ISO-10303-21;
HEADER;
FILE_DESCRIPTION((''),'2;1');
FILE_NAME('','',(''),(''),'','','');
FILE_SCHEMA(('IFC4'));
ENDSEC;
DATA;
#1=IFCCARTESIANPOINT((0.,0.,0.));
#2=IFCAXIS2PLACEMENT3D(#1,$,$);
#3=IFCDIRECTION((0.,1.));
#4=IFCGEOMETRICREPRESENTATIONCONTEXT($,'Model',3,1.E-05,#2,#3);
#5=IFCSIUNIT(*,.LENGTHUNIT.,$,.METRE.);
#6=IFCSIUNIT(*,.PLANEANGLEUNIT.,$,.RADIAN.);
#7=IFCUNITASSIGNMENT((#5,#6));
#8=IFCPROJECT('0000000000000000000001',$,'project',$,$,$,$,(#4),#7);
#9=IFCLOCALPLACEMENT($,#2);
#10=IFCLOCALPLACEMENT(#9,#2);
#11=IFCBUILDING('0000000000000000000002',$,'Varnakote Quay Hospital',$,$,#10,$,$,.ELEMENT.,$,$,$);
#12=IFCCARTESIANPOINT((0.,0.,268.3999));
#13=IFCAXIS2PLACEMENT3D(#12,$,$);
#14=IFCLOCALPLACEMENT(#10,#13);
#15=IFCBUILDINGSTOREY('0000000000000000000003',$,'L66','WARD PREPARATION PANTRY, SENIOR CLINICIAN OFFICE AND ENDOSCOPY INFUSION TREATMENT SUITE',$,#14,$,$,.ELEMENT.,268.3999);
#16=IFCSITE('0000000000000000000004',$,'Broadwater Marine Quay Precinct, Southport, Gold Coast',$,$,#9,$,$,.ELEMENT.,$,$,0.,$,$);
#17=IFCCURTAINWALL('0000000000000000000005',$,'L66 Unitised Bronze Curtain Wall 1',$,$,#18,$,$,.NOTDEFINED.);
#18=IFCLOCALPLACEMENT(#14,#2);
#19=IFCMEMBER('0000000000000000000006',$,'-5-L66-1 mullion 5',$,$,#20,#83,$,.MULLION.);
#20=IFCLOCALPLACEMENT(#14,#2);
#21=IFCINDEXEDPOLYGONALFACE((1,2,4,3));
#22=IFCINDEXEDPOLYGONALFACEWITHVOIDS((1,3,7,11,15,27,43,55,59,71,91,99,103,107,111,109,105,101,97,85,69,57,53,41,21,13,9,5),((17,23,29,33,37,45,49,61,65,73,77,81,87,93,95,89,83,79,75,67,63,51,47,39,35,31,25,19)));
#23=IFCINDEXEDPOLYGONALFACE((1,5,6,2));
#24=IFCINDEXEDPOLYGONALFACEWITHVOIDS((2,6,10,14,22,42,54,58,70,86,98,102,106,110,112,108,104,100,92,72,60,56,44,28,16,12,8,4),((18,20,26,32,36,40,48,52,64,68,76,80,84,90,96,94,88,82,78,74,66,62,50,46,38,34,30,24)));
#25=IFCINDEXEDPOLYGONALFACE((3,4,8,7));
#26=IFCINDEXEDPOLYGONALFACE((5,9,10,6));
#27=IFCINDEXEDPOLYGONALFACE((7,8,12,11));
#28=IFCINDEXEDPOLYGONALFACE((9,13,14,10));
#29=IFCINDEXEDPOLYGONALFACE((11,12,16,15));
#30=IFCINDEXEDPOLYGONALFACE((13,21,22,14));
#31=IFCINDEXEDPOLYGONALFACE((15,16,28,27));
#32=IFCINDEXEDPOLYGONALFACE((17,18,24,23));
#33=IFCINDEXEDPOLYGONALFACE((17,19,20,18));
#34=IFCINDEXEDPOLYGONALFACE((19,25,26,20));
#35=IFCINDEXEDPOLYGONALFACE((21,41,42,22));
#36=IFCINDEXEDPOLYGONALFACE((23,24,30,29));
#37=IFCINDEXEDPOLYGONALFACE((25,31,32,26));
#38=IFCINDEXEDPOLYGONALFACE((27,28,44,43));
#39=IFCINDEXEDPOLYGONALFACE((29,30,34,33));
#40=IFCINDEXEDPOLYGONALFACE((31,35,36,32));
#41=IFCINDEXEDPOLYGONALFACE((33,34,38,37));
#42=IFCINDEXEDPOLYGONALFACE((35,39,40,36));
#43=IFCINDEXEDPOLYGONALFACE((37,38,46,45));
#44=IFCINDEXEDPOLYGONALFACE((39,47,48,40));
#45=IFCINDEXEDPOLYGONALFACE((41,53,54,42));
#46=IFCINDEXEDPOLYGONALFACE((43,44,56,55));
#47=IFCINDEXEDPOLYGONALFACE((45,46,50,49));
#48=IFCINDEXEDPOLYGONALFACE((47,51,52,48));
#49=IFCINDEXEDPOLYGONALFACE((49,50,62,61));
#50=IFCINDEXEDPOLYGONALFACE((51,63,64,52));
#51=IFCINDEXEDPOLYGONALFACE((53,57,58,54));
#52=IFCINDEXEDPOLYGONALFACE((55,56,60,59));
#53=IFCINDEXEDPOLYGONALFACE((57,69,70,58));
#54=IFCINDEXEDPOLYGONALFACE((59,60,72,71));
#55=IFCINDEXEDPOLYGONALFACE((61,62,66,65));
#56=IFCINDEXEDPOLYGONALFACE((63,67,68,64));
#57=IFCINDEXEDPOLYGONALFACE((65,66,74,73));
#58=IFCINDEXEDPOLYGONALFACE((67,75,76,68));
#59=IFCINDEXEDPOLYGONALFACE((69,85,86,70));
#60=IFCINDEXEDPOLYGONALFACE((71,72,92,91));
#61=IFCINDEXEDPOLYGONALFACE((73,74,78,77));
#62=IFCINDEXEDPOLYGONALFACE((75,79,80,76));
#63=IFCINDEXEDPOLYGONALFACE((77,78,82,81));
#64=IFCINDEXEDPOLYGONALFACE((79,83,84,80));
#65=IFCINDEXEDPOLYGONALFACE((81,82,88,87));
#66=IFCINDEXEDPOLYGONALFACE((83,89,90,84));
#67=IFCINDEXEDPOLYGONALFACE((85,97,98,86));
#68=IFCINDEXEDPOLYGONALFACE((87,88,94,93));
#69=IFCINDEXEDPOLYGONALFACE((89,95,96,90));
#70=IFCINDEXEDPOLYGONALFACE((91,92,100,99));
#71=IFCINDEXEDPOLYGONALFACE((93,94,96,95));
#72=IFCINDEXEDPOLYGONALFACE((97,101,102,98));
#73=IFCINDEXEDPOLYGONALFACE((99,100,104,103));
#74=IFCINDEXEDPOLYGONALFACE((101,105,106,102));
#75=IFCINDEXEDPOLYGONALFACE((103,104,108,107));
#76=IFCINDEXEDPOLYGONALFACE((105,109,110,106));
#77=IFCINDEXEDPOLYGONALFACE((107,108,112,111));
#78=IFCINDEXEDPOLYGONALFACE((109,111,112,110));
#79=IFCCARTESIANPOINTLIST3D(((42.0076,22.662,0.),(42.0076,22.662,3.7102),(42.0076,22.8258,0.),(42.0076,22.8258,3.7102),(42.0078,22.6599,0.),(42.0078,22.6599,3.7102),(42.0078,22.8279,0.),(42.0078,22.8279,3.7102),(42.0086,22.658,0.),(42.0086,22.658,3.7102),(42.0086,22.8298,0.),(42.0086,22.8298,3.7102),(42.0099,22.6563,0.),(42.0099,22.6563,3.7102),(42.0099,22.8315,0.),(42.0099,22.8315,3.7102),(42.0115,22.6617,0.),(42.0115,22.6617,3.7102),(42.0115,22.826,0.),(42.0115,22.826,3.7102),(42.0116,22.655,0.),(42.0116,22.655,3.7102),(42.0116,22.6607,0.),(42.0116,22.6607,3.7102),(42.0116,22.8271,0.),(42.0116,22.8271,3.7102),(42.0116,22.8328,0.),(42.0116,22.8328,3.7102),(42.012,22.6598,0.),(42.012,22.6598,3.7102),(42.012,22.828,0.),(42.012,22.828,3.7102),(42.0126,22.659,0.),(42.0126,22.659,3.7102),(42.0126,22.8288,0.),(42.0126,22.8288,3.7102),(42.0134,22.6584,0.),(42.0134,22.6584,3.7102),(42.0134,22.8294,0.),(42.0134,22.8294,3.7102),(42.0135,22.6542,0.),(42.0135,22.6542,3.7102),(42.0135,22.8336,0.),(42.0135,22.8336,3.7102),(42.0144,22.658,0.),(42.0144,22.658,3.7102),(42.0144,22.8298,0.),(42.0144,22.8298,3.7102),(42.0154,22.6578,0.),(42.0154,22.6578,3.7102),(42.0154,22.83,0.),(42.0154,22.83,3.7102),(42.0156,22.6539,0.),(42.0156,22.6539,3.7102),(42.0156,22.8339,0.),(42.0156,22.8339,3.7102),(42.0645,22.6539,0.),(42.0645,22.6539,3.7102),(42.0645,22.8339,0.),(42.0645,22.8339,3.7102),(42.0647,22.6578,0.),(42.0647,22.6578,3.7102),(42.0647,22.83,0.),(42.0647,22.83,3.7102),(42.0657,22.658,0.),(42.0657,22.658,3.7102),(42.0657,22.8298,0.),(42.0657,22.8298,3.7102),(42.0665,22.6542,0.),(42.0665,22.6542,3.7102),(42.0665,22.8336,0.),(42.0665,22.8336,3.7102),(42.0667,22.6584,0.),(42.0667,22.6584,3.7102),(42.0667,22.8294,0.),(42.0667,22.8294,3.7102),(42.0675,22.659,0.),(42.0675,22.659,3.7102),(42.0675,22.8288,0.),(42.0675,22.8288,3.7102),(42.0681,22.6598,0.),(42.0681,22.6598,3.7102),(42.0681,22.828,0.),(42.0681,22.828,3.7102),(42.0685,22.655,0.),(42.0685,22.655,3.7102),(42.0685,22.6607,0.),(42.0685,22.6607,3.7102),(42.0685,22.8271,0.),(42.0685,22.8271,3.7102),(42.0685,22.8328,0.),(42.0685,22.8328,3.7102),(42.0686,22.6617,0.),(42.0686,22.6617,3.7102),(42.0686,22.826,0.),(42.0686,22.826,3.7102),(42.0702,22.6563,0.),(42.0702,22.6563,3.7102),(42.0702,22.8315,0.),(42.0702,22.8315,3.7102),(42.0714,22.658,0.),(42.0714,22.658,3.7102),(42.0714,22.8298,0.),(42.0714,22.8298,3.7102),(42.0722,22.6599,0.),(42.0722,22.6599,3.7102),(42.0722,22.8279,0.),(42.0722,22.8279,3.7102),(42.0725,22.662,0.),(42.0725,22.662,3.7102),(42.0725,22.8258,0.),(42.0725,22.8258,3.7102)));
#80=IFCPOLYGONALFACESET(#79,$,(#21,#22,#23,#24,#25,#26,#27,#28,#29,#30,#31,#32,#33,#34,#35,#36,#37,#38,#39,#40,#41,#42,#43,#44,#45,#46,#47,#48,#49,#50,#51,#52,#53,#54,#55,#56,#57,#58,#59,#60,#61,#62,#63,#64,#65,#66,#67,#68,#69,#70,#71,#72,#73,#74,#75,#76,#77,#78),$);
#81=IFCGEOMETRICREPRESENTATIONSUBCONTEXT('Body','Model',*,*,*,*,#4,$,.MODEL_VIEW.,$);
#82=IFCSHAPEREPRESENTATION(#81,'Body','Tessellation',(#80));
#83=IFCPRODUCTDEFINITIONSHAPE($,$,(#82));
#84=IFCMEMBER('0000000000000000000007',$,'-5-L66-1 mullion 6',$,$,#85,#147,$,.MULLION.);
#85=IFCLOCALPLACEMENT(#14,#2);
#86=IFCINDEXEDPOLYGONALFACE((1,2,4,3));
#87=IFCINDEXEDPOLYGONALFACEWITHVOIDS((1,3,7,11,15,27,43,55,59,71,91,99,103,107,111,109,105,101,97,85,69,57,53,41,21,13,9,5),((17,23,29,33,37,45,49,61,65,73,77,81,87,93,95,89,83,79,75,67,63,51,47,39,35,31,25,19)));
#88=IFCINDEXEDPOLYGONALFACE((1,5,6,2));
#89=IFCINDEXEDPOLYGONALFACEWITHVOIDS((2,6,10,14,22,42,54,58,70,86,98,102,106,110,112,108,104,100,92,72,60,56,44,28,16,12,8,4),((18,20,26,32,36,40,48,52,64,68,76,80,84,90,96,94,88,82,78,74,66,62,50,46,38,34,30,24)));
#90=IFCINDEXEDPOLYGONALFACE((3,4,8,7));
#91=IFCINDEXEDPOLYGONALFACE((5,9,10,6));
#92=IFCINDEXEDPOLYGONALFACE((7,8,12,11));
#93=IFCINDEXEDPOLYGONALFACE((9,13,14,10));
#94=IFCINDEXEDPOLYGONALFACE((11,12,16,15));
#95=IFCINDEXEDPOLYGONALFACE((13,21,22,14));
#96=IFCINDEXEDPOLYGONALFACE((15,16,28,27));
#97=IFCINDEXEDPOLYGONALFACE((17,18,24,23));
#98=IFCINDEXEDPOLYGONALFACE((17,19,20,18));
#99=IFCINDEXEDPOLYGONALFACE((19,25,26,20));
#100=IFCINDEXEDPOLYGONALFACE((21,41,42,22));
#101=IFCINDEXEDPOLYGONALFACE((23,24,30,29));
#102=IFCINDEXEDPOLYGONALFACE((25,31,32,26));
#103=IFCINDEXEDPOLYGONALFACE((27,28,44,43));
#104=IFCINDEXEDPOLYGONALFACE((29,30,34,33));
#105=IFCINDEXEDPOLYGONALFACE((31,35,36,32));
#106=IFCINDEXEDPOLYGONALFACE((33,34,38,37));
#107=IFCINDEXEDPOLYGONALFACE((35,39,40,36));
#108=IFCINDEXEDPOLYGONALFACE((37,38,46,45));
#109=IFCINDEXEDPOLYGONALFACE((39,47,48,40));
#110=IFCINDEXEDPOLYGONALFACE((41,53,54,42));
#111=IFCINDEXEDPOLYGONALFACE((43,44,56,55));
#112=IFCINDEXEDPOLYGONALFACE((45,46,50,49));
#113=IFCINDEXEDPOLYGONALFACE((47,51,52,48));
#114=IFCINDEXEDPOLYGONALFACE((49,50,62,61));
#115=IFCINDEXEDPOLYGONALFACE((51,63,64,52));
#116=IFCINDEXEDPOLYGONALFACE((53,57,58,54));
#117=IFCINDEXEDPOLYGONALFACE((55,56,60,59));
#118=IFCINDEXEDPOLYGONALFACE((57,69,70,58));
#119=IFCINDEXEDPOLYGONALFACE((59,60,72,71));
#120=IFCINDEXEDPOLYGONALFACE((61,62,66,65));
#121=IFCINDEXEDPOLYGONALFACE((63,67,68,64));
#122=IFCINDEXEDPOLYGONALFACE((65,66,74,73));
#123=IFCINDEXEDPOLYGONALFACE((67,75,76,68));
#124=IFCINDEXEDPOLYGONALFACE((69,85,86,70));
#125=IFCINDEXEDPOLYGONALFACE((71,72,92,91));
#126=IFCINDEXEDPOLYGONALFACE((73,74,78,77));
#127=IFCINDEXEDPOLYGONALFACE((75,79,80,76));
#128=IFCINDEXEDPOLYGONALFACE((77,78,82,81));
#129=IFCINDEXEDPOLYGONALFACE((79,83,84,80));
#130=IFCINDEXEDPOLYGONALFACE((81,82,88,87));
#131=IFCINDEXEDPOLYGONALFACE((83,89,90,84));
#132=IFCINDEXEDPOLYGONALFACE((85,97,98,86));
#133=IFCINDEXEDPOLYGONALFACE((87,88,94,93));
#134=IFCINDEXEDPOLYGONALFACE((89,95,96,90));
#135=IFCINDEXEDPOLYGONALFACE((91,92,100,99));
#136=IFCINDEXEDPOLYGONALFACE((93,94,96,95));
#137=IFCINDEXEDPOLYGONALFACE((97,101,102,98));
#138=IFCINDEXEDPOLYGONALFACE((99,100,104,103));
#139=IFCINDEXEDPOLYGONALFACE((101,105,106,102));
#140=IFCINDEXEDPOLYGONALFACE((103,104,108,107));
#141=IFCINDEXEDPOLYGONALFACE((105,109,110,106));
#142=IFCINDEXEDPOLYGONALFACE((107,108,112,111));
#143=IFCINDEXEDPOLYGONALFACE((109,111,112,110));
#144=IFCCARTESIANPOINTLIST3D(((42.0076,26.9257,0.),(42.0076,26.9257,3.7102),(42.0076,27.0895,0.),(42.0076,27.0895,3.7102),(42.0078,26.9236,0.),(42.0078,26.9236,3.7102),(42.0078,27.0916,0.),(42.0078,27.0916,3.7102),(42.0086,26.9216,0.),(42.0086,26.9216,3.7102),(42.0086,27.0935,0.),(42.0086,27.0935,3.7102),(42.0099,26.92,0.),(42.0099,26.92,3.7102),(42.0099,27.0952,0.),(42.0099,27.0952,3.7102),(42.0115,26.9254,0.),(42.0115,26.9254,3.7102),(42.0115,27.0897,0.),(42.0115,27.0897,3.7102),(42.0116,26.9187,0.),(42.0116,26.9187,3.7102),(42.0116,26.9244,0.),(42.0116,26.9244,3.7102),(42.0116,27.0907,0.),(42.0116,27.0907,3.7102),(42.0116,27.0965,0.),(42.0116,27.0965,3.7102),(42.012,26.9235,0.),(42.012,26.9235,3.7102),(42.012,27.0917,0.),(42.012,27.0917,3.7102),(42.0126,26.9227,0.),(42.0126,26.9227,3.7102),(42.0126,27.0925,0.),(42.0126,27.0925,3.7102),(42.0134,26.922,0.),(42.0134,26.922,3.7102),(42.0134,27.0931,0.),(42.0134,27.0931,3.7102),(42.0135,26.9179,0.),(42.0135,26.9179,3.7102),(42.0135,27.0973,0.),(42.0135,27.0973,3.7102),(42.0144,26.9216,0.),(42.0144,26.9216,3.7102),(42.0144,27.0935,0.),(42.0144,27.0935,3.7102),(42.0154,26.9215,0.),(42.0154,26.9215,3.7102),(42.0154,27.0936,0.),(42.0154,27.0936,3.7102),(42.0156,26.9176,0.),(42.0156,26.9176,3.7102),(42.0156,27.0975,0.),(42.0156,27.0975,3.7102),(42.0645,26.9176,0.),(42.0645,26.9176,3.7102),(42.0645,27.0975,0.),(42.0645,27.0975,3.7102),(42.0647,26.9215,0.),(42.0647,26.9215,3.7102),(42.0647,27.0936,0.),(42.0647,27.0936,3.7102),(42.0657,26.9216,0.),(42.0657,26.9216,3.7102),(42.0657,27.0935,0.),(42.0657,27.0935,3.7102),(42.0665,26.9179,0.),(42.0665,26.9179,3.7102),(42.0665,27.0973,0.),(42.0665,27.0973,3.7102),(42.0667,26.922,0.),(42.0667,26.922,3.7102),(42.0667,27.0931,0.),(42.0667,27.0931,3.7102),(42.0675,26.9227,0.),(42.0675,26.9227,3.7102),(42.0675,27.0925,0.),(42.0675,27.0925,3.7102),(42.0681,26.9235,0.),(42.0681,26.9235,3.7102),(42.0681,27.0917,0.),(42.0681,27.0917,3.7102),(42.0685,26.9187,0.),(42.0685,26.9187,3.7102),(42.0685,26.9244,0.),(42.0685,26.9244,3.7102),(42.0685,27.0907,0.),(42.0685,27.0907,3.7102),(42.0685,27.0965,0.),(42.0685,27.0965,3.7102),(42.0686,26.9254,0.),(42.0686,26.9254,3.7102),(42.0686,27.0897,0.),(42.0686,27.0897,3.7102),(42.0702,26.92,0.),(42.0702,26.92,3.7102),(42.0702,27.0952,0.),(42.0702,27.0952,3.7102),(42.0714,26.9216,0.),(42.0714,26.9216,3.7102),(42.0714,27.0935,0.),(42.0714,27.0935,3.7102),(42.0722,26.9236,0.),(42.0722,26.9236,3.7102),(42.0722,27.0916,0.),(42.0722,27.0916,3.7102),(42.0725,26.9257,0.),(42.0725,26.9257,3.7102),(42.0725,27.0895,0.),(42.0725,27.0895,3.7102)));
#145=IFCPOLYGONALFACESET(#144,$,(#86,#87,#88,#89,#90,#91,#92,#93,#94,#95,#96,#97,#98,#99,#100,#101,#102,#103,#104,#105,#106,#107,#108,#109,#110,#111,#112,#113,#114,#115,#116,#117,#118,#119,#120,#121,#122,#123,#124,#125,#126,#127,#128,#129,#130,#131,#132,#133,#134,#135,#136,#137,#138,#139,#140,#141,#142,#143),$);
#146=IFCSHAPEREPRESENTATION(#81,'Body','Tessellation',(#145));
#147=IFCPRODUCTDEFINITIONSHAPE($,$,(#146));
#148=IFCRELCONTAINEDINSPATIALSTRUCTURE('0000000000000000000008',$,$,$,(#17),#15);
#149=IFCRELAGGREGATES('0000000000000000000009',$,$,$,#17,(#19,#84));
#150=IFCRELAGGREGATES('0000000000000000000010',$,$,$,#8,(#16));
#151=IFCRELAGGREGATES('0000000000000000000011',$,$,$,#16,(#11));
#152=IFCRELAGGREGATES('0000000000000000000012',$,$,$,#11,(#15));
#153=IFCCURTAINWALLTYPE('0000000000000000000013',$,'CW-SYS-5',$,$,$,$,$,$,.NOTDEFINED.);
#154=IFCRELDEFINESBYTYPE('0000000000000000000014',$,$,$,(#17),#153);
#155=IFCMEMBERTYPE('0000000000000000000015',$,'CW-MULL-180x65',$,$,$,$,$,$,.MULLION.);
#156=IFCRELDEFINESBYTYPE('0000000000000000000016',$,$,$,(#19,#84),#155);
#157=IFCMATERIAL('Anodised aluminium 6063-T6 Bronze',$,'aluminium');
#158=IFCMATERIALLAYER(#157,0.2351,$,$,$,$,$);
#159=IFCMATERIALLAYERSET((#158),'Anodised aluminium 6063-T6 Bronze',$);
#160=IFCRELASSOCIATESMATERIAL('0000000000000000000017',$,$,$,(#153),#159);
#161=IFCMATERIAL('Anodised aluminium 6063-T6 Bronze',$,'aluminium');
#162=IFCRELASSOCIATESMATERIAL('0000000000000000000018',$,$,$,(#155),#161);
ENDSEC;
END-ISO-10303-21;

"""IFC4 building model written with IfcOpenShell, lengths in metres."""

from ifc_helpers import new_model, si_unit, direction, frame, origin, origin_2d, place, context, subcontext, project, spatial, hollow_rectangle, extrude, material, layer, layer_set, material_profile, profile_set, type_object, element, aggregate, save


model = new_model("IFC4")

# Units and contexts
model_context = context("Model", 3, precision=1e-05, world=origin(), true_north=direction((0.0, 1.0)))
body_context = subcontext(model_context, "Body", "Model", "MODEL_VIEW")
ifc_project = project(units=[si_unit("LENGTHUNIT", "METRE"), si_unit("PLANEANGLEUNIT", "RADIAN")], contexts=[model_context])

# Site, building, storey
site_placement = place(None, origin())
site = spatial("IfcSite", under=ifc_project, at=site_placement, Name="Broadwater Marine Quay Precinct, Southport, Gold Coast", CompositionType="ELEMENT", RefElevation=0.0)
building_placement = place(site_placement, origin())
building = spatial("IfcBuilding", under=site, at=building_placement, Name="Varnakote Quay Hospital", CompositionType="ELEMENT")
storey_placement = place(building_placement, frame((0.0, 0.0, 268.3999)))
storey = spatial("IfcBuildingStorey", under=building, at=storey_placement, Name="L66", Description="WARD PREPARATION PANTRY, SENIOR CLINICIAN OFFICE AND ENDOSCOPY INFUSION TREATMENT SUITE", CompositionType="ELEMENT", Elevation=268.3999)

# Curtain wall, members
ifc_material_1 = material(Name="Anodised aluminium 6063-T6 Bronze", Category="aluminium")
ifc_layer_1 = layer(ifc_material_1, 0.2351)
ifc_layer_set_1 = layer_set([ifc_layer_1], Name="Anodised aluminium 6063-T6 Bronze")
curtain_wall_type = type_object("IfcCurtainWallType", Name="CW-SYS-5", PredefinedType="NOTDEFINED", material=ifc_layer_set_1)
curtain_wall_1_placement = place(storey_placement, origin())
curtain_wall_1 = element("IfcCurtainWall", 1, at=curtain_wall_1_placement, inside=storey, type_object=curtain_wall_type, Name="L66 Unitised Bronze Curtain Wall 1", PredefinedType="NOTDEFINED")
ifc_material_2 = material(Name="Anodised aluminium 6063-T6 Bronze", Category="aluminium")
ifc_material_profile_1 = material_profile(ifc_material_2, hollow_rectangle(XDim=0.0649, YDim=0.1799, WallThickness=0.0039, InnerFilletRadius=0.0039, OuterFilletRadius=0.0081, at=origin_2d()), Name="CW-MULL-180x65")
ifc_profile_set_1 = profile_set([ifc_material_profile_1], Name="Anodised aluminium 6063-T6 Bronze")
member_type_1 = type_object("IfcMemberType", Name="CW-MULL-180x65", PredefinedType="MULLION", material=ifc_profile_set_1)
member_1_placement = place(storey_placement, frame((42.04, 22.7439, 0.0), z_axis=(0.0, 0.0, 1.0), x_axis=(-1.0, 0.0, 0.0)))
member_1 = element("IfcMember", 2, at=member_1_placement, type_object=member_type_1, Name="-5-L66-1 mullion 5", PredefinedType="MULLION", context=body_context, shape_type="SweptSolid", body=[
    extrude(hollow_rectangle(XDim=0.0649, YDim=0.1799, WallThickness=0.0039, InnerFilletRadius=0.0039, OuterFilletRadius=0.0081, at=origin_2d()), origin(), (0.0, 0.0, 1.0), 3.7102),
])
member_2_placement = place(storey_placement, frame((42.04, 27.0076, 0.0), z_axis=(0.0, 0.0, 1.0), x_axis=(-1.0, 0.0, 0.0)))
member_2 = element("IfcMember", 3, at=member_2_placement, type_object=member_type_1, Name="-5-L66-1 mullion 6", PredefinedType="MULLION", context=body_context, shape_type="SweptSolid", body=[
    extrude(hollow_rectangle(XDim=0.0649, YDim=0.1799, WallThickness=0.0039, InnerFilletRadius=0.0039, OuterFilletRadius=0.0081, at=origin_2d()), origin(), (0.0, 0.0, 1.0), 3.7102),
])

aggregate(curtain_wall_1, [member_1, member_2])

save(model, "model.ifc")
